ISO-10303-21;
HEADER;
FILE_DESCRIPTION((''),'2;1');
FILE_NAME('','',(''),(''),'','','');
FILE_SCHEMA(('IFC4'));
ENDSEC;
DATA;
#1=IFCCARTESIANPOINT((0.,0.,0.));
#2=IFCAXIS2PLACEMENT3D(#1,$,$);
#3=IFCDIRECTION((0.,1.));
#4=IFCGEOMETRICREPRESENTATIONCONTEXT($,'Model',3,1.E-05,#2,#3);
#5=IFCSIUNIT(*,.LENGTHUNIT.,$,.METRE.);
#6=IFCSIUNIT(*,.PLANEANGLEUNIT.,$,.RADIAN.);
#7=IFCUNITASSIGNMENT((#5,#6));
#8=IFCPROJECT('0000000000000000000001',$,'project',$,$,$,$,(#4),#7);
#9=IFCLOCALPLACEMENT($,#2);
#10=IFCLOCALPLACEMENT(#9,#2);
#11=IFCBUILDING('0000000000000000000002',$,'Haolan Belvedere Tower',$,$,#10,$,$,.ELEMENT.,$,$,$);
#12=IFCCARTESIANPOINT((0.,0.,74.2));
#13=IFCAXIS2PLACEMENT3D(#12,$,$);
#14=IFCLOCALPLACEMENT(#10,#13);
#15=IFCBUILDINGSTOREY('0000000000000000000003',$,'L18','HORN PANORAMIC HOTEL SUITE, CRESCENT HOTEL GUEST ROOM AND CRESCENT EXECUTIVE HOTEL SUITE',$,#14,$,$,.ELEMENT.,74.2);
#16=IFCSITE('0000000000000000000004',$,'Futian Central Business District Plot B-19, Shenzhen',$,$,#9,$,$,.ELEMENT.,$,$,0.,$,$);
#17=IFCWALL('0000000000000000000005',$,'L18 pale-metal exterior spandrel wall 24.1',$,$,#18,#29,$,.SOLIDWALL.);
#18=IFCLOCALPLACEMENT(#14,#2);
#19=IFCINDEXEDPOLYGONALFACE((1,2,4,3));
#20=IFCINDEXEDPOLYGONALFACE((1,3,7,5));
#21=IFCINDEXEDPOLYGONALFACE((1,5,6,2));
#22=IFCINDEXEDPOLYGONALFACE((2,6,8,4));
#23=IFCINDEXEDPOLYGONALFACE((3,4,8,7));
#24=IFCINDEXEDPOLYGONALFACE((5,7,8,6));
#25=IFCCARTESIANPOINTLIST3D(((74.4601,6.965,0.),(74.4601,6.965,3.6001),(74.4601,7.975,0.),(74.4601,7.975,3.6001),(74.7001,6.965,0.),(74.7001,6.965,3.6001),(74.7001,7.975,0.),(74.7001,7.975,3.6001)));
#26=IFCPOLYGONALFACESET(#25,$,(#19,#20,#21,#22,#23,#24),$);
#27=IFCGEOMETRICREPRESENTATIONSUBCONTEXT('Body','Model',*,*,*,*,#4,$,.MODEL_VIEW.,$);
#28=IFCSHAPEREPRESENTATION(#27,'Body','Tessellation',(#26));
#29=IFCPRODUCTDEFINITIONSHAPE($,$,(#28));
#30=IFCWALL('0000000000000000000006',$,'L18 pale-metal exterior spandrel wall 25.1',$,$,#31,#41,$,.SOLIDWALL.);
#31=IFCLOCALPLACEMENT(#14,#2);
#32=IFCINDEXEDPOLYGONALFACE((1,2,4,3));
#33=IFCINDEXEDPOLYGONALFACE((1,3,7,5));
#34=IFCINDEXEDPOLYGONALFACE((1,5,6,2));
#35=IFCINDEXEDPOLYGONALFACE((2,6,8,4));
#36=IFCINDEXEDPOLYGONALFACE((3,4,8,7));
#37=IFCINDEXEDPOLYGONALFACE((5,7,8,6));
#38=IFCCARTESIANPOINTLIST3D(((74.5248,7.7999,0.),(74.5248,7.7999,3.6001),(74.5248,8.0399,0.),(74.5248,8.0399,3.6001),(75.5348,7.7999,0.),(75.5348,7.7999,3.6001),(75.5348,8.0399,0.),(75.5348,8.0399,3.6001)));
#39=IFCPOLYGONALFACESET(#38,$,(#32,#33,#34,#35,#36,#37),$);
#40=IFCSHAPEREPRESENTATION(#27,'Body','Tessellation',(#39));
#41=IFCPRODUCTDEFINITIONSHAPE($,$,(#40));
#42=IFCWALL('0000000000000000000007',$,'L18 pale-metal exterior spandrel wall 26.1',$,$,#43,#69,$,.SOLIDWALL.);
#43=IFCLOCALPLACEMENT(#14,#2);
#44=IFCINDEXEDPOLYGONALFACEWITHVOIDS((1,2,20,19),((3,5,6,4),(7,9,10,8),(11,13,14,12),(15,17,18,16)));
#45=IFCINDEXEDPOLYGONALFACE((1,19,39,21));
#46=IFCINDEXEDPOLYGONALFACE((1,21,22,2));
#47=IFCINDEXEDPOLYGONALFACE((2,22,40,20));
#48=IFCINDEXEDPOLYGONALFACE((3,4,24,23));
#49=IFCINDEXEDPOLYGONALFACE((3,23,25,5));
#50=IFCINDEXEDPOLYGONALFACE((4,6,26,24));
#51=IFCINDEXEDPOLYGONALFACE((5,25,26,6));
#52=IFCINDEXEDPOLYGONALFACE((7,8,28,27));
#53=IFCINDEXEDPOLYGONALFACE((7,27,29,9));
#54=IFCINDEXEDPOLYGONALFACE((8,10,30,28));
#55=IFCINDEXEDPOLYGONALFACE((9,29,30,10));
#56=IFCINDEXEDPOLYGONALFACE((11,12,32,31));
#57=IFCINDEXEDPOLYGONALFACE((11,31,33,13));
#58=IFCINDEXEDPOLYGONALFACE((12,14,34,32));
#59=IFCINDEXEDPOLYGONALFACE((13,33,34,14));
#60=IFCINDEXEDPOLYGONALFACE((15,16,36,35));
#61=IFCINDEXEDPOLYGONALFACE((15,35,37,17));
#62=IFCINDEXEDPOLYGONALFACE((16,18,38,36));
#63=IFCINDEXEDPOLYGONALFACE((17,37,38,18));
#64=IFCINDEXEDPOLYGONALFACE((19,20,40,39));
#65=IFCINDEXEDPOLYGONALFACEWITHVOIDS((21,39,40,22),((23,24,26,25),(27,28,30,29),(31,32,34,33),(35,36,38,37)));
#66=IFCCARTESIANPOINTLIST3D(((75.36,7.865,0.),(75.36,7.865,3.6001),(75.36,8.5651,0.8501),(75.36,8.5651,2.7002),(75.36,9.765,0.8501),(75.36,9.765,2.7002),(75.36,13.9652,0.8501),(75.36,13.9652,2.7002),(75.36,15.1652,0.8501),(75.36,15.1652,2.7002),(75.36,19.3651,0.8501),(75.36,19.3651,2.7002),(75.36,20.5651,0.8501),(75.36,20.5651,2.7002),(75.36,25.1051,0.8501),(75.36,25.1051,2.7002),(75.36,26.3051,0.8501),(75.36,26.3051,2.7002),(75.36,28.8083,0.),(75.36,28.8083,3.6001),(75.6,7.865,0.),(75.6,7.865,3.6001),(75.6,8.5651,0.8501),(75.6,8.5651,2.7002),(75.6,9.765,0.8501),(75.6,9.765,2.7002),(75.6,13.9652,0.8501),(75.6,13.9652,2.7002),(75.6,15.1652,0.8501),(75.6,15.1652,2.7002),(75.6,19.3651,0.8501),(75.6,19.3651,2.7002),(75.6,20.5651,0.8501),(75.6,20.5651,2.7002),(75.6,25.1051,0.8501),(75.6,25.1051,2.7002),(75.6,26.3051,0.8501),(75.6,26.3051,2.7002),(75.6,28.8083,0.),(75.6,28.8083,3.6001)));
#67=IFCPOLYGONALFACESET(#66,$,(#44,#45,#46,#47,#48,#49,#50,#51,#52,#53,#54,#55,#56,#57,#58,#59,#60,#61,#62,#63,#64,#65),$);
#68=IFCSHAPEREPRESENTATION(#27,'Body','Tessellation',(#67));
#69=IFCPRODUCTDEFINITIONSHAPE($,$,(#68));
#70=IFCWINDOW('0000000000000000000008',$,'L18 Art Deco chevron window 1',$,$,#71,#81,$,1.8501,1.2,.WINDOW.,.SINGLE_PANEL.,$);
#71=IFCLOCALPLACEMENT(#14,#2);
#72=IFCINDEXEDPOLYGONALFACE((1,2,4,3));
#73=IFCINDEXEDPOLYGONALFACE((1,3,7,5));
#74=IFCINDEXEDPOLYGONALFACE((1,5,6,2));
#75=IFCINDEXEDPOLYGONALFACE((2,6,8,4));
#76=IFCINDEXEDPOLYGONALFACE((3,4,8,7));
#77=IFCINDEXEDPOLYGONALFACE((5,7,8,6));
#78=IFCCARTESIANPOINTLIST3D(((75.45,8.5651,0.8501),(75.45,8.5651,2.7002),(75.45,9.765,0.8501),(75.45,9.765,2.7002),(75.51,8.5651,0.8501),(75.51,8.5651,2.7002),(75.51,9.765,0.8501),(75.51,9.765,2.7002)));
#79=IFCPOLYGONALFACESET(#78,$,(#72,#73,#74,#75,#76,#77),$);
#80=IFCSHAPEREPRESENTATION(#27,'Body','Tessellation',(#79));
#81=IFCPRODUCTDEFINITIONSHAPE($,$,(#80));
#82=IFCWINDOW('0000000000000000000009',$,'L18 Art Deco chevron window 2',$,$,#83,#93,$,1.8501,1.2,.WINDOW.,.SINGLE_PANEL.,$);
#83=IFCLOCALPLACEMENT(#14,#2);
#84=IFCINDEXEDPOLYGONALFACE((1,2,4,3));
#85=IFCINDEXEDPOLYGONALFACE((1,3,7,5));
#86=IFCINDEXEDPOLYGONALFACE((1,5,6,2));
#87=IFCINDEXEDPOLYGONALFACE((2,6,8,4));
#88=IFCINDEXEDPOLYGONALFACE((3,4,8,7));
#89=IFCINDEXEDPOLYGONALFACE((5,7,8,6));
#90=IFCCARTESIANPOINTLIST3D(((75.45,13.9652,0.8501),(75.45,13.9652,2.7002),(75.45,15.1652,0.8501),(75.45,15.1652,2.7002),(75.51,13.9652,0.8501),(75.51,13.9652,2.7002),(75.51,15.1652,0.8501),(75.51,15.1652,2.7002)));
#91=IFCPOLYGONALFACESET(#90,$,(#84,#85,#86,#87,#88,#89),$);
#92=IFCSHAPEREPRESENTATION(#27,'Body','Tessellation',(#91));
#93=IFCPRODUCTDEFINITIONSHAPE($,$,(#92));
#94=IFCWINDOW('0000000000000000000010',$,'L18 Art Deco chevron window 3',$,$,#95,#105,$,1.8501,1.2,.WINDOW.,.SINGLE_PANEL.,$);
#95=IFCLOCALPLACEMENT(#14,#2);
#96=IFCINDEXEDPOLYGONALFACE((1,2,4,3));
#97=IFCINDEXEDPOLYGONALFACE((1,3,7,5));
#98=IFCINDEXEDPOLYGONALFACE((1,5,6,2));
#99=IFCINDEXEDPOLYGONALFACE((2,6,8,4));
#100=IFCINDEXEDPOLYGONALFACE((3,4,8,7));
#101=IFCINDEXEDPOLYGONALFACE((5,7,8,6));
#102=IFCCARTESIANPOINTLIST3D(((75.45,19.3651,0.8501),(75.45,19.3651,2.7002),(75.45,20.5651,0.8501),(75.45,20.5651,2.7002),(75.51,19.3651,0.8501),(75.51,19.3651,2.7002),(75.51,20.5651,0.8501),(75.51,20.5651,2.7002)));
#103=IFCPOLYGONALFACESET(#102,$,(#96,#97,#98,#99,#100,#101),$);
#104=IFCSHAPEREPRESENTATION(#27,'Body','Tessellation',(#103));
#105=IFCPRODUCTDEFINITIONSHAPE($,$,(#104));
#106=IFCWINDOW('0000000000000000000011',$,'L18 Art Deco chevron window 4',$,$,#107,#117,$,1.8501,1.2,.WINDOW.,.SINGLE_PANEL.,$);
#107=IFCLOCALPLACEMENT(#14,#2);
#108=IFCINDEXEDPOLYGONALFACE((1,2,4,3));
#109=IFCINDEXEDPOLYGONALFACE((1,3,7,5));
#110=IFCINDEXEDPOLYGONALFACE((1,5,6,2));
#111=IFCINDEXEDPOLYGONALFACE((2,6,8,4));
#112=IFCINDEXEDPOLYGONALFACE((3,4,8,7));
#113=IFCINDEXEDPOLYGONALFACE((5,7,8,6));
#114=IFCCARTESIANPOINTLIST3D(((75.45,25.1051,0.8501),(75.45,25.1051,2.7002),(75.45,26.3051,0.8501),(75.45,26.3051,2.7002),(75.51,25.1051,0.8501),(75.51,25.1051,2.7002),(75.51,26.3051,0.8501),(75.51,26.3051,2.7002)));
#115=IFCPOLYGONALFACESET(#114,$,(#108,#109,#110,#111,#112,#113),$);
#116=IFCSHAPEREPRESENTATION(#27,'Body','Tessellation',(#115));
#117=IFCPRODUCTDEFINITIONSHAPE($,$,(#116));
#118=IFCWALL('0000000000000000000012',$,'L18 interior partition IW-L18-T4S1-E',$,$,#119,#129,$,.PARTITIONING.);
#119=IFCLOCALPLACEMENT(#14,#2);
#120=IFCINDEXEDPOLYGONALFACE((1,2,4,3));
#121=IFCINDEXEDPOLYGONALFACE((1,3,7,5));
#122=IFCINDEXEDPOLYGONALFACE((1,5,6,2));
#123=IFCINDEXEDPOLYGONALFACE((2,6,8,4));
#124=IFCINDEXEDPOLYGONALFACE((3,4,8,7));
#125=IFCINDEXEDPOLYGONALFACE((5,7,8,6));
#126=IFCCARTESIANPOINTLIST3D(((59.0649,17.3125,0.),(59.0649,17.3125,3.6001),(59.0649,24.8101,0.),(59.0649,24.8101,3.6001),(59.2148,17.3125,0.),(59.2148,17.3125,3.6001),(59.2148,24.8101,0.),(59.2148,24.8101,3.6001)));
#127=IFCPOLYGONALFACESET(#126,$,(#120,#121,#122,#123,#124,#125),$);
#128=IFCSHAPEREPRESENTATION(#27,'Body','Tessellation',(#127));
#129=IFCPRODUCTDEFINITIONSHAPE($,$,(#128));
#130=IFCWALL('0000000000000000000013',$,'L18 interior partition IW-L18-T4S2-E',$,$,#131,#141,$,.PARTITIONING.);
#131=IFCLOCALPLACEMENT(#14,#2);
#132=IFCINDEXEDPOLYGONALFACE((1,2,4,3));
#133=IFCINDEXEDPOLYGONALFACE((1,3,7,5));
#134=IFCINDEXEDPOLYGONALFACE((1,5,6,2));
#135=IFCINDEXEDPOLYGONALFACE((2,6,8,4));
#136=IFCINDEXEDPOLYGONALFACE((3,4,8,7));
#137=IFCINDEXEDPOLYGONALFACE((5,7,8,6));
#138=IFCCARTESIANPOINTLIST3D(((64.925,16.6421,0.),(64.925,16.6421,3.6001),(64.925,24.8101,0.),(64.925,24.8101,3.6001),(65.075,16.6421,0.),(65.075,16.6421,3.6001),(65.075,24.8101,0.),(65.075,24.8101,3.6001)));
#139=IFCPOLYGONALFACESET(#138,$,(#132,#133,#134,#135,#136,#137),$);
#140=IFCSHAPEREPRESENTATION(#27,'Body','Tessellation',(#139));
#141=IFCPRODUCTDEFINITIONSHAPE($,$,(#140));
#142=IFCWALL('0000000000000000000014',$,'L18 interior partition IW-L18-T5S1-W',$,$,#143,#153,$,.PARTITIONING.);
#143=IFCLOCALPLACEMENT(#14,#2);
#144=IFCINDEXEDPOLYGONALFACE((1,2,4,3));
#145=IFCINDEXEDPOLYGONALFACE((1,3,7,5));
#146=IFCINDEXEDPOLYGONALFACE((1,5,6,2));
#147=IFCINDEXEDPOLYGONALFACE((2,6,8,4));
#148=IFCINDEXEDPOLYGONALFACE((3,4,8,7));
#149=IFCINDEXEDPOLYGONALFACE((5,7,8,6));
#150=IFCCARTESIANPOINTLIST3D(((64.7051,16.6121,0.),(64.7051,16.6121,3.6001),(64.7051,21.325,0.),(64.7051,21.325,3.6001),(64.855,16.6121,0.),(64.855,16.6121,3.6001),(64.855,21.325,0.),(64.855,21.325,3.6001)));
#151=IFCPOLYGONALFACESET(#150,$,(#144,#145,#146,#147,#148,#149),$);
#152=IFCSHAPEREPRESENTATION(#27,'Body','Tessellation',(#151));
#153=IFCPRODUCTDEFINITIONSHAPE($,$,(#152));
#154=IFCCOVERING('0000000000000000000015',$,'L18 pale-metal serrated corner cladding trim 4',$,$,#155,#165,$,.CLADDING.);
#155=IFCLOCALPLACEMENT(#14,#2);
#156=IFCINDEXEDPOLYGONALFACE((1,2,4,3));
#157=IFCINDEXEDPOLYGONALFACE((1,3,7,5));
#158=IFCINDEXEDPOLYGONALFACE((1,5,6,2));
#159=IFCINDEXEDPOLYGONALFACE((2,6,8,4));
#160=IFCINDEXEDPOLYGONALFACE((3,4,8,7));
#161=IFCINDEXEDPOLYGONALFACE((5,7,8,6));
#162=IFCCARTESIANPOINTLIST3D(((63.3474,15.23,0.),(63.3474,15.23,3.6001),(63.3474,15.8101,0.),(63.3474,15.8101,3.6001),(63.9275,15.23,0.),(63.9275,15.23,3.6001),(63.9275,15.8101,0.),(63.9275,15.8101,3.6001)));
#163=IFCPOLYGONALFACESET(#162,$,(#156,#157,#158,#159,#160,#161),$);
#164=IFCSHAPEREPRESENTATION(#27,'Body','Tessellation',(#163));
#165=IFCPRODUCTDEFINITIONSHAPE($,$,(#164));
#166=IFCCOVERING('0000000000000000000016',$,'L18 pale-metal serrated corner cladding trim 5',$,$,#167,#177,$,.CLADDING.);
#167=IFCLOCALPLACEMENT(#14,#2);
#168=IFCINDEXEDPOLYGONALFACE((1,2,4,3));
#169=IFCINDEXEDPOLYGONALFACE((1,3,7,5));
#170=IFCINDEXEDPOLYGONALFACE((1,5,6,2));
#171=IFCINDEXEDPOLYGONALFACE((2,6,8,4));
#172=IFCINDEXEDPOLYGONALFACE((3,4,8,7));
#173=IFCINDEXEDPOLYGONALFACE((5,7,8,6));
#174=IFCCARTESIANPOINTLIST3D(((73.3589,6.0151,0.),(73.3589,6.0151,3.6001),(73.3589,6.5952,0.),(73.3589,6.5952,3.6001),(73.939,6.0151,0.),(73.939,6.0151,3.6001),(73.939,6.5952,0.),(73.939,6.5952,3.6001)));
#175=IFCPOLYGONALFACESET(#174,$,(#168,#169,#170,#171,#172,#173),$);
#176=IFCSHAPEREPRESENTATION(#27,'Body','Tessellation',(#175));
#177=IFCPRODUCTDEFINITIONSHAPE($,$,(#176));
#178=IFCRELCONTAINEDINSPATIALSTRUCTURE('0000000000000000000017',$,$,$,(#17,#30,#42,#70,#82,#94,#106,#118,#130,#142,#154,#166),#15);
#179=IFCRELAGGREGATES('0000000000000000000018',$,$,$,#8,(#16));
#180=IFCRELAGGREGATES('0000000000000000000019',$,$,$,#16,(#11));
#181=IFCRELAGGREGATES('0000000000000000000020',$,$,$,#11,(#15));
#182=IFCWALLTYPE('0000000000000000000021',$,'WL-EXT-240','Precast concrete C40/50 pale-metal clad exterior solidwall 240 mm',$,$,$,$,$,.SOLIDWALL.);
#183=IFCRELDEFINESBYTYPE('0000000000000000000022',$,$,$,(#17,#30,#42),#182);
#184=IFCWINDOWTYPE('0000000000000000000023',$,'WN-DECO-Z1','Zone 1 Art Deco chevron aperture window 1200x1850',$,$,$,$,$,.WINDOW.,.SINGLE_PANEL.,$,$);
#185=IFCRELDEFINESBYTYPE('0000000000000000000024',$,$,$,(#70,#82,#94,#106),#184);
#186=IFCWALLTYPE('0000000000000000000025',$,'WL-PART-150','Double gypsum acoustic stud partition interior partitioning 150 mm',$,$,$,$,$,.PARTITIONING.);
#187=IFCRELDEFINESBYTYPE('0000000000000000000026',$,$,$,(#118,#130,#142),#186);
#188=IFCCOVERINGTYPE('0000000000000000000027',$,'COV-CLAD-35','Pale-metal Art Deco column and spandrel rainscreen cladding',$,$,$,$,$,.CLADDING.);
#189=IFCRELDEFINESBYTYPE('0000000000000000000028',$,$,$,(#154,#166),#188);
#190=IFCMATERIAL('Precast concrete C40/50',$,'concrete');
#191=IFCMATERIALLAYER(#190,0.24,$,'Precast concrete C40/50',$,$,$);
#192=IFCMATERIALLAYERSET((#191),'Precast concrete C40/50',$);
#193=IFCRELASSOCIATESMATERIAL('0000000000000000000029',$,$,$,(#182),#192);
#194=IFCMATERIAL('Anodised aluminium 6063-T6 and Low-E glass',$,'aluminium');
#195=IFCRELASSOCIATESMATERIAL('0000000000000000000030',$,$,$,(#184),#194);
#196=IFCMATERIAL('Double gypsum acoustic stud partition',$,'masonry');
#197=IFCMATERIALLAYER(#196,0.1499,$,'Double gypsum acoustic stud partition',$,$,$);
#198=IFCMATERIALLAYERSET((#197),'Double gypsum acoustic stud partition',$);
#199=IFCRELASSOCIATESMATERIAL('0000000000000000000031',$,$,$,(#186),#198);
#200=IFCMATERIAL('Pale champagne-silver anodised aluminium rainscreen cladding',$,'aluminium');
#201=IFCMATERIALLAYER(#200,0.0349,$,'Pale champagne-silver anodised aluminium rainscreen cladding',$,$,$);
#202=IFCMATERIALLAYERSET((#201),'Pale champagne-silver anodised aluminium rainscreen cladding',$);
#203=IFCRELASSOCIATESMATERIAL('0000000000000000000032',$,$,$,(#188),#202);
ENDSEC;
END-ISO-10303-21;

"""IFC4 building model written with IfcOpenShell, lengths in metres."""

from ifc_helpers import new_model, si_unit, direction, frame, frame_2d, origin, origin_2d, place, context, subcontext, project, spatial, rectangle, extrude, material, layer, layer_set, type_object, element, fill, save


model = new_model("IFC4")

# Units and contexts
model_context = context("Model", 3, precision=1e-05, world=origin(), true_north=direction((0.0, 1.0)))
body_context = subcontext(model_context, "Body", "Model", "MODEL_VIEW")
ifc_project = project(units=[si_unit("LENGTHUNIT", "METRE"), si_unit("PLANEANGLEUNIT", "RADIAN")], contexts=[model_context])

# Site, building, storey
site_placement = place(None, origin())
site = spatial("IfcSite", under=ifc_project, at=site_placement, Name="Futian Central Business District Plot B-19, Shenzhen", CompositionType="ELEMENT", RefElevation=0.0)
building_placement = place(site_placement, origin())
building = spatial("IfcBuilding", under=site, at=building_placement, Name="Haolan Belvedere Tower", CompositionType="ELEMENT")
storey_placement = place(building_placement, frame((0.0, 0.0, 74.2)))
storey = spatial("IfcBuildingStorey", under=building, at=storey_placement, Name="L18", Description="HORN PANORAMIC HOTEL SUITE, CRESCENT HOTEL GUEST ROOM AND CRESCENT EXECUTIVE HOTEL SUITE", CompositionType="ELEMENT", Elevation=74.2)

# Shared definitions
ifc_material_1 = material(Name="Precast concrete C40/50", Category="concrete")
ifc_layer_1 = layer(ifc_material_1, 0.24, Name="Precast concrete C40/50")
ifc_layer_set_1 = layer_set([ifc_layer_1], Name="Precast concrete C40/50")
wall_type_1 = type_object("IfcWallType", Name="WL-EXT-240", Description="Precast concrete C40/50 pale-metal clad exterior solidwall 240 mm", PredefinedType="SOLIDWALL", material=ifc_layer_set_1)

# Shared definitions
ifc_material_2 = material(Name="Anodised aluminium 6063-T6 and Low-E glass", Category="aluminium")
window_type = type_object("IfcWindowType", Name="WN-DECO-Z1", Description="Zone 1 Art Deco chevron aperture window 1200x1850", PartitioningType="SINGLE_PANEL", PredefinedType="WINDOW", material=ifc_material_2)

# Walls
for number, where, z_axis, x_axis, name in (
    (1, (74.5801, 6.9651, 0.0), (0.0, 0.0, 1.0), (0.0, 1.0, 0.0), "L18 pale-metal exterior spandrel wall 24.1"),
    (2, (74.5249, 7.9199, 0.0), (0.0, 0.0, 1.0), (1.0, 0.0, 0.0), "L18 pale-metal exterior spandrel wall 25.1"),
):
    element("IfcWall", number, at=place(storey_placement, frame(where, z_axis=z_axis, x_axis=x_axis)), inside=storey, type_object=wall_type_1, Name=name, PredefinedType="SOLIDWALL", context=body_context, shape_type="SweptSolid", body=[
        extrude(rectangle(XDim=1.01, YDim=0.24, at=frame_2d((0.5049, 0.0))), origin(), (0.0, 0.0, 1.0), 3.6001),
    ])

# Wall, openings, windows
wall_1_placement = place(storey_placement, frame((75.48, 7.865, 0.0), z_axis=(0.0, 0.0, 1.0), x_axis=(0.0, 1.0, 0.0)))
wall_1 = element("IfcWall", 3, at=wall_1_placement, inside=storey, type_object=wall_type_1, Name="L18 pale-metal exterior spandrel wall 26.1", PredefinedType="SOLIDWALL", context=body_context, shape_type="SweptSolid", body=[
    extrude(rectangle(XDim=20.9434, YDim=0.24, at=frame_2d((10.4717, 0.0))), origin(), (0.0, 0.0, 1.0), 3.6001),
])
opening_1_placement = place(wall_1_placement, frame((0.7, 0.0, 0.8501)))
opening_1 = element("IfcOpeningElement", 4, at=opening_1_placement, cuts=wall_1, PredefinedType="OPENING", context=body_context, shape_type="SweptSolid", body=[
    extrude(rectangle(XDim=1.2, YDim=1.8501, at=frame_2d((0.6001, 0.925))), frame((0.0, 0.1299, 0.0), z_axis=(0.0, -1.0, 0.0), x_axis=(1.0, 0.0, 0.0)), (0.0, 0.0, 1.0), 0.26),
])
opening_2_placement = place(wall_1_placement, frame((6.1001, 0.0, 0.8501)))
opening_2 = element("IfcOpeningElement", 5, at=opening_2_placement, cuts=wall_1, PredefinedType="OPENING", context=body_context, shape_type="SweptSolid", body=[
    extrude(rectangle(XDim=1.2, YDim=1.8501, at=frame_2d((0.6001, 0.925))), frame((0.0, 0.1299, 0.0), z_axis=(0.0, -1.0, 0.0), x_axis=(1.0, 0.0, 0.0)), (0.0, 0.0, 1.0), 0.26),
])
opening_3_placement = place(wall_1_placement, frame((11.5, 0.0, 0.8501)))
opening_3 = element("IfcOpeningElement", 6, at=opening_3_placement, cuts=wall_1, PredefinedType="OPENING", context=body_context, shape_type="SweptSolid", body=[
    extrude(rectangle(XDim=1.2, YDim=1.8501, at=frame_2d((0.6001, 0.925))), frame((0.0, 0.1299, 0.0), z_axis=(0.0, -1.0, 0.0), x_axis=(1.0, 0.0, 0.0)), (0.0, 0.0, 1.0), 0.26),
])
opening_4_placement = place(wall_1_placement, frame((17.24, 0.0, 0.8501)))
opening_4 = element("IfcOpeningElement", 7, at=opening_4_placement, cuts=wall_1, PredefinedType="OPENING", context=body_context, shape_type="SweptSolid", body=[
    extrude(rectangle(XDim=1.2, YDim=1.8501, at=frame_2d((0.6001, 0.925))), frame((0.0, 0.1299, 0.0), z_axis=(0.0, -1.0, 0.0), x_axis=(1.0, 0.0, 0.0)), (0.0, 0.0, 1.0), 0.26),
])
window_1_placement = place(opening_1_placement, origin())
window_1 = element("IfcWindow", 8, at=window_1_placement, inside=storey, type_object=window_type, Name="L18 Art Deco chevron window 1", OverallHeight=1.8501, OverallWidth=1.2, PartitioningType="SINGLE_PANEL", PredefinedType="WINDOW", context=body_context, shape_type="SweptSolid", body=[
    extrude(rectangle(XDim=1.2, YDim=1.8501, at=frame_2d((0.6001, 0.925))), frame((0.0, 0.03, 0.0), z_axis=(0.0, -1.0, 0.0), x_axis=(1.0, 0.0, 0.0)), (0.0, 0.0, 1.0), 0.0601),
])
fill(opening_1, window_1)
window_2_placement = place(opening_2_placement, origin())
window_2 = element("IfcWindow", 9, at=window_2_placement, inside=storey, type_object=window_type, Name="L18 Art Deco chevron window 2", OverallHeight=1.8501, OverallWidth=1.2, PartitioningType="SINGLE_PANEL", PredefinedType="WINDOW", context=body_context, shape_type="SweptSolid", body=[
    extrude(rectangle(XDim=1.2, YDim=1.8501, at=frame_2d((0.6001, 0.925))), frame((0.0, 0.03, 0.0), z_axis=(0.0, -1.0, 0.0), x_axis=(1.0, 0.0, 0.0)), (0.0, 0.0, 1.0), 0.0601),
])
fill(opening_2, window_2)
window_3_placement = place(opening_3_placement, origin())
window_3 = element("IfcWindow", 10, at=window_3_placement, inside=storey, type_object=window_type, Name="L18 Art Deco chevron window 3", OverallHeight=1.8501, OverallWidth=1.2, PartitioningType="SINGLE_PANEL", PredefinedType="WINDOW", context=body_context, shape_type="SweptSolid", body=[
    extrude(rectangle(XDim=1.2, YDim=1.8501, at=frame_2d((0.6001, 0.925))), frame((0.0, 0.03, 0.0), z_axis=(0.0, -1.0, 0.0), x_axis=(1.0, 0.0, 0.0)), (0.0, 0.0, 1.0), 0.0601),
])
fill(opening_3, window_3)
window_4_placement = place(opening_4_placement, origin())
window_4 = element("IfcWindow", 11, at=window_4_placement, inside=storey, type_object=window_type, Name="L18 Art Deco chevron window 4", OverallHeight=1.8501, OverallWidth=1.2, PartitioningType="SINGLE_PANEL", PredefinedType="WINDOW", context=body_context, shape_type="SweptSolid", body=[
    extrude(rectangle(XDim=1.2, YDim=1.8501, at=frame_2d((0.6001, 0.925))), frame((0.0, 0.03, 0.0), z_axis=(0.0, -1.0, 0.0), x_axis=(1.0, 0.0, 0.0)), (0.0, 0.0, 1.0), 0.0601),
])
fill(opening_4, window_4)

# Walls
ifc_material_3 = material(Name="Double gypsum acoustic stud partition", Category="masonry")
ifc_layer_2 = layer(ifc_material_3, 0.1499, Name="Double gypsum acoustic stud partition")
ifc_layer_set_2 = layer_set([ifc_layer_2], Name="Double gypsum acoustic stud partition")
wall_type_2 = type_object("IfcWallType", Name="WL-PART-150", Description="Double gypsum acoustic stud partition interior partitioning 150 mm", PredefinedType="PARTITIONING", material=ifc_layer_set_2)
wall_2_placement = place(storey_placement, frame((59.1399, 17.3125, 0.0), z_axis=(0.0, 0.0, 1.0), x_axis=(0.0, 1.0, 0.0)))
element("IfcWall", 12, at=wall_2_placement, inside=storey, type_object=wall_type_2, Name="L18 interior partition IW-L18-T4S1-E", PredefinedType="PARTITIONING", context=body_context, shape_type="SweptSolid", body=[
    extrude(rectangle(XDim=7.4976, YDim=0.1499, at=frame_2d((3.7488, 0.0))), origin(), (0.0, 0.0, 1.0), 3.6001),
])
wall_3_placement = place(storey_placement, frame((65.0, 16.6421, 0.0), z_axis=(0.0, 0.0, 1.0), x_axis=(0.0, 1.0, 0.0)))
element("IfcWall", 13, at=wall_3_placement, inside=storey, type_object=wall_type_2, Name="L18 interior partition IW-L18-T4S2-E", PredefinedType="PARTITIONING", context=body_context, shape_type="SweptSolid", body=[
    extrude(rectangle(XDim=8.168, YDim=0.1499, at=frame_2d((4.084, 0.0))), origin(), (0.0, 0.0, 1.0), 3.6001),
])
wall_4_placement = place(storey_placement, frame((64.78, 16.6121, 0.0), z_axis=(0.0, 0.0, 1.0), x_axis=(0.0, 1.0, 0.0)))
element("IfcWall", 14, at=wall_4_placement, inside=storey, type_object=wall_type_2, Name="L18 interior partition IW-L18-T5S1-W", PredefinedType="PARTITIONING", context=body_context, shape_type="SweptSolid", body=[
    extrude(rectangle(XDim=4.7129, YDim=0.1499, at=frame_2d((2.3564, 0.0))), origin(), (0.0, 0.0, 1.0), 3.6001),
])

# Coverings
ifc_material_4 = material(Name="Pale champagne-silver anodised aluminium rainscreen cladding", Category="aluminium")
ifc_layer_3 = layer(ifc_material_4, 0.0349, Name="Pale champagne-silver anodised aluminium rainscreen cladding")
ifc_layer_set_3 = layer_set([ifc_layer_3], Name="Pale champagne-silver anodised aluminium rainscreen cladding")
covering_type = type_object("IfcCoveringType", Name="COV-CLAD-35", Description="Pale-metal Art Deco column and spandrel rainscreen cladding", PredefinedType="CLADDING", material=ifc_layer_set_3)
for number, where, z_axis, x_axis, name in (
    (15, (63.6375, 15.52, 0.0), (0.0, 0.0, 1.0), (1.0, 0.0, 0.0), "L18 pale-metal serrated corner cladding trim 4"),
    (16, (73.6489, 6.3052, 0.0), (0.0, 0.0, 1.0), (1.0, 0.0, 0.0), "L18 pale-metal serrated corner cladding trim 5"),
):
    element("IfcCovering", number, at=place(storey_placement, frame(where, z_axis=z_axis, x_axis=x_axis)), inside=storey, type_object=covering_type, Name=name, PredefinedType="CLADDING", context=body_context, shape_type="SweptSolid", body=[
        extrude(rectangle(XDim=0.5801, YDim=0.5801, at=origin_2d()), origin(), (0.0, 0.0, 1.0), 3.6001),
    ])

save(model, "model.ifc")
